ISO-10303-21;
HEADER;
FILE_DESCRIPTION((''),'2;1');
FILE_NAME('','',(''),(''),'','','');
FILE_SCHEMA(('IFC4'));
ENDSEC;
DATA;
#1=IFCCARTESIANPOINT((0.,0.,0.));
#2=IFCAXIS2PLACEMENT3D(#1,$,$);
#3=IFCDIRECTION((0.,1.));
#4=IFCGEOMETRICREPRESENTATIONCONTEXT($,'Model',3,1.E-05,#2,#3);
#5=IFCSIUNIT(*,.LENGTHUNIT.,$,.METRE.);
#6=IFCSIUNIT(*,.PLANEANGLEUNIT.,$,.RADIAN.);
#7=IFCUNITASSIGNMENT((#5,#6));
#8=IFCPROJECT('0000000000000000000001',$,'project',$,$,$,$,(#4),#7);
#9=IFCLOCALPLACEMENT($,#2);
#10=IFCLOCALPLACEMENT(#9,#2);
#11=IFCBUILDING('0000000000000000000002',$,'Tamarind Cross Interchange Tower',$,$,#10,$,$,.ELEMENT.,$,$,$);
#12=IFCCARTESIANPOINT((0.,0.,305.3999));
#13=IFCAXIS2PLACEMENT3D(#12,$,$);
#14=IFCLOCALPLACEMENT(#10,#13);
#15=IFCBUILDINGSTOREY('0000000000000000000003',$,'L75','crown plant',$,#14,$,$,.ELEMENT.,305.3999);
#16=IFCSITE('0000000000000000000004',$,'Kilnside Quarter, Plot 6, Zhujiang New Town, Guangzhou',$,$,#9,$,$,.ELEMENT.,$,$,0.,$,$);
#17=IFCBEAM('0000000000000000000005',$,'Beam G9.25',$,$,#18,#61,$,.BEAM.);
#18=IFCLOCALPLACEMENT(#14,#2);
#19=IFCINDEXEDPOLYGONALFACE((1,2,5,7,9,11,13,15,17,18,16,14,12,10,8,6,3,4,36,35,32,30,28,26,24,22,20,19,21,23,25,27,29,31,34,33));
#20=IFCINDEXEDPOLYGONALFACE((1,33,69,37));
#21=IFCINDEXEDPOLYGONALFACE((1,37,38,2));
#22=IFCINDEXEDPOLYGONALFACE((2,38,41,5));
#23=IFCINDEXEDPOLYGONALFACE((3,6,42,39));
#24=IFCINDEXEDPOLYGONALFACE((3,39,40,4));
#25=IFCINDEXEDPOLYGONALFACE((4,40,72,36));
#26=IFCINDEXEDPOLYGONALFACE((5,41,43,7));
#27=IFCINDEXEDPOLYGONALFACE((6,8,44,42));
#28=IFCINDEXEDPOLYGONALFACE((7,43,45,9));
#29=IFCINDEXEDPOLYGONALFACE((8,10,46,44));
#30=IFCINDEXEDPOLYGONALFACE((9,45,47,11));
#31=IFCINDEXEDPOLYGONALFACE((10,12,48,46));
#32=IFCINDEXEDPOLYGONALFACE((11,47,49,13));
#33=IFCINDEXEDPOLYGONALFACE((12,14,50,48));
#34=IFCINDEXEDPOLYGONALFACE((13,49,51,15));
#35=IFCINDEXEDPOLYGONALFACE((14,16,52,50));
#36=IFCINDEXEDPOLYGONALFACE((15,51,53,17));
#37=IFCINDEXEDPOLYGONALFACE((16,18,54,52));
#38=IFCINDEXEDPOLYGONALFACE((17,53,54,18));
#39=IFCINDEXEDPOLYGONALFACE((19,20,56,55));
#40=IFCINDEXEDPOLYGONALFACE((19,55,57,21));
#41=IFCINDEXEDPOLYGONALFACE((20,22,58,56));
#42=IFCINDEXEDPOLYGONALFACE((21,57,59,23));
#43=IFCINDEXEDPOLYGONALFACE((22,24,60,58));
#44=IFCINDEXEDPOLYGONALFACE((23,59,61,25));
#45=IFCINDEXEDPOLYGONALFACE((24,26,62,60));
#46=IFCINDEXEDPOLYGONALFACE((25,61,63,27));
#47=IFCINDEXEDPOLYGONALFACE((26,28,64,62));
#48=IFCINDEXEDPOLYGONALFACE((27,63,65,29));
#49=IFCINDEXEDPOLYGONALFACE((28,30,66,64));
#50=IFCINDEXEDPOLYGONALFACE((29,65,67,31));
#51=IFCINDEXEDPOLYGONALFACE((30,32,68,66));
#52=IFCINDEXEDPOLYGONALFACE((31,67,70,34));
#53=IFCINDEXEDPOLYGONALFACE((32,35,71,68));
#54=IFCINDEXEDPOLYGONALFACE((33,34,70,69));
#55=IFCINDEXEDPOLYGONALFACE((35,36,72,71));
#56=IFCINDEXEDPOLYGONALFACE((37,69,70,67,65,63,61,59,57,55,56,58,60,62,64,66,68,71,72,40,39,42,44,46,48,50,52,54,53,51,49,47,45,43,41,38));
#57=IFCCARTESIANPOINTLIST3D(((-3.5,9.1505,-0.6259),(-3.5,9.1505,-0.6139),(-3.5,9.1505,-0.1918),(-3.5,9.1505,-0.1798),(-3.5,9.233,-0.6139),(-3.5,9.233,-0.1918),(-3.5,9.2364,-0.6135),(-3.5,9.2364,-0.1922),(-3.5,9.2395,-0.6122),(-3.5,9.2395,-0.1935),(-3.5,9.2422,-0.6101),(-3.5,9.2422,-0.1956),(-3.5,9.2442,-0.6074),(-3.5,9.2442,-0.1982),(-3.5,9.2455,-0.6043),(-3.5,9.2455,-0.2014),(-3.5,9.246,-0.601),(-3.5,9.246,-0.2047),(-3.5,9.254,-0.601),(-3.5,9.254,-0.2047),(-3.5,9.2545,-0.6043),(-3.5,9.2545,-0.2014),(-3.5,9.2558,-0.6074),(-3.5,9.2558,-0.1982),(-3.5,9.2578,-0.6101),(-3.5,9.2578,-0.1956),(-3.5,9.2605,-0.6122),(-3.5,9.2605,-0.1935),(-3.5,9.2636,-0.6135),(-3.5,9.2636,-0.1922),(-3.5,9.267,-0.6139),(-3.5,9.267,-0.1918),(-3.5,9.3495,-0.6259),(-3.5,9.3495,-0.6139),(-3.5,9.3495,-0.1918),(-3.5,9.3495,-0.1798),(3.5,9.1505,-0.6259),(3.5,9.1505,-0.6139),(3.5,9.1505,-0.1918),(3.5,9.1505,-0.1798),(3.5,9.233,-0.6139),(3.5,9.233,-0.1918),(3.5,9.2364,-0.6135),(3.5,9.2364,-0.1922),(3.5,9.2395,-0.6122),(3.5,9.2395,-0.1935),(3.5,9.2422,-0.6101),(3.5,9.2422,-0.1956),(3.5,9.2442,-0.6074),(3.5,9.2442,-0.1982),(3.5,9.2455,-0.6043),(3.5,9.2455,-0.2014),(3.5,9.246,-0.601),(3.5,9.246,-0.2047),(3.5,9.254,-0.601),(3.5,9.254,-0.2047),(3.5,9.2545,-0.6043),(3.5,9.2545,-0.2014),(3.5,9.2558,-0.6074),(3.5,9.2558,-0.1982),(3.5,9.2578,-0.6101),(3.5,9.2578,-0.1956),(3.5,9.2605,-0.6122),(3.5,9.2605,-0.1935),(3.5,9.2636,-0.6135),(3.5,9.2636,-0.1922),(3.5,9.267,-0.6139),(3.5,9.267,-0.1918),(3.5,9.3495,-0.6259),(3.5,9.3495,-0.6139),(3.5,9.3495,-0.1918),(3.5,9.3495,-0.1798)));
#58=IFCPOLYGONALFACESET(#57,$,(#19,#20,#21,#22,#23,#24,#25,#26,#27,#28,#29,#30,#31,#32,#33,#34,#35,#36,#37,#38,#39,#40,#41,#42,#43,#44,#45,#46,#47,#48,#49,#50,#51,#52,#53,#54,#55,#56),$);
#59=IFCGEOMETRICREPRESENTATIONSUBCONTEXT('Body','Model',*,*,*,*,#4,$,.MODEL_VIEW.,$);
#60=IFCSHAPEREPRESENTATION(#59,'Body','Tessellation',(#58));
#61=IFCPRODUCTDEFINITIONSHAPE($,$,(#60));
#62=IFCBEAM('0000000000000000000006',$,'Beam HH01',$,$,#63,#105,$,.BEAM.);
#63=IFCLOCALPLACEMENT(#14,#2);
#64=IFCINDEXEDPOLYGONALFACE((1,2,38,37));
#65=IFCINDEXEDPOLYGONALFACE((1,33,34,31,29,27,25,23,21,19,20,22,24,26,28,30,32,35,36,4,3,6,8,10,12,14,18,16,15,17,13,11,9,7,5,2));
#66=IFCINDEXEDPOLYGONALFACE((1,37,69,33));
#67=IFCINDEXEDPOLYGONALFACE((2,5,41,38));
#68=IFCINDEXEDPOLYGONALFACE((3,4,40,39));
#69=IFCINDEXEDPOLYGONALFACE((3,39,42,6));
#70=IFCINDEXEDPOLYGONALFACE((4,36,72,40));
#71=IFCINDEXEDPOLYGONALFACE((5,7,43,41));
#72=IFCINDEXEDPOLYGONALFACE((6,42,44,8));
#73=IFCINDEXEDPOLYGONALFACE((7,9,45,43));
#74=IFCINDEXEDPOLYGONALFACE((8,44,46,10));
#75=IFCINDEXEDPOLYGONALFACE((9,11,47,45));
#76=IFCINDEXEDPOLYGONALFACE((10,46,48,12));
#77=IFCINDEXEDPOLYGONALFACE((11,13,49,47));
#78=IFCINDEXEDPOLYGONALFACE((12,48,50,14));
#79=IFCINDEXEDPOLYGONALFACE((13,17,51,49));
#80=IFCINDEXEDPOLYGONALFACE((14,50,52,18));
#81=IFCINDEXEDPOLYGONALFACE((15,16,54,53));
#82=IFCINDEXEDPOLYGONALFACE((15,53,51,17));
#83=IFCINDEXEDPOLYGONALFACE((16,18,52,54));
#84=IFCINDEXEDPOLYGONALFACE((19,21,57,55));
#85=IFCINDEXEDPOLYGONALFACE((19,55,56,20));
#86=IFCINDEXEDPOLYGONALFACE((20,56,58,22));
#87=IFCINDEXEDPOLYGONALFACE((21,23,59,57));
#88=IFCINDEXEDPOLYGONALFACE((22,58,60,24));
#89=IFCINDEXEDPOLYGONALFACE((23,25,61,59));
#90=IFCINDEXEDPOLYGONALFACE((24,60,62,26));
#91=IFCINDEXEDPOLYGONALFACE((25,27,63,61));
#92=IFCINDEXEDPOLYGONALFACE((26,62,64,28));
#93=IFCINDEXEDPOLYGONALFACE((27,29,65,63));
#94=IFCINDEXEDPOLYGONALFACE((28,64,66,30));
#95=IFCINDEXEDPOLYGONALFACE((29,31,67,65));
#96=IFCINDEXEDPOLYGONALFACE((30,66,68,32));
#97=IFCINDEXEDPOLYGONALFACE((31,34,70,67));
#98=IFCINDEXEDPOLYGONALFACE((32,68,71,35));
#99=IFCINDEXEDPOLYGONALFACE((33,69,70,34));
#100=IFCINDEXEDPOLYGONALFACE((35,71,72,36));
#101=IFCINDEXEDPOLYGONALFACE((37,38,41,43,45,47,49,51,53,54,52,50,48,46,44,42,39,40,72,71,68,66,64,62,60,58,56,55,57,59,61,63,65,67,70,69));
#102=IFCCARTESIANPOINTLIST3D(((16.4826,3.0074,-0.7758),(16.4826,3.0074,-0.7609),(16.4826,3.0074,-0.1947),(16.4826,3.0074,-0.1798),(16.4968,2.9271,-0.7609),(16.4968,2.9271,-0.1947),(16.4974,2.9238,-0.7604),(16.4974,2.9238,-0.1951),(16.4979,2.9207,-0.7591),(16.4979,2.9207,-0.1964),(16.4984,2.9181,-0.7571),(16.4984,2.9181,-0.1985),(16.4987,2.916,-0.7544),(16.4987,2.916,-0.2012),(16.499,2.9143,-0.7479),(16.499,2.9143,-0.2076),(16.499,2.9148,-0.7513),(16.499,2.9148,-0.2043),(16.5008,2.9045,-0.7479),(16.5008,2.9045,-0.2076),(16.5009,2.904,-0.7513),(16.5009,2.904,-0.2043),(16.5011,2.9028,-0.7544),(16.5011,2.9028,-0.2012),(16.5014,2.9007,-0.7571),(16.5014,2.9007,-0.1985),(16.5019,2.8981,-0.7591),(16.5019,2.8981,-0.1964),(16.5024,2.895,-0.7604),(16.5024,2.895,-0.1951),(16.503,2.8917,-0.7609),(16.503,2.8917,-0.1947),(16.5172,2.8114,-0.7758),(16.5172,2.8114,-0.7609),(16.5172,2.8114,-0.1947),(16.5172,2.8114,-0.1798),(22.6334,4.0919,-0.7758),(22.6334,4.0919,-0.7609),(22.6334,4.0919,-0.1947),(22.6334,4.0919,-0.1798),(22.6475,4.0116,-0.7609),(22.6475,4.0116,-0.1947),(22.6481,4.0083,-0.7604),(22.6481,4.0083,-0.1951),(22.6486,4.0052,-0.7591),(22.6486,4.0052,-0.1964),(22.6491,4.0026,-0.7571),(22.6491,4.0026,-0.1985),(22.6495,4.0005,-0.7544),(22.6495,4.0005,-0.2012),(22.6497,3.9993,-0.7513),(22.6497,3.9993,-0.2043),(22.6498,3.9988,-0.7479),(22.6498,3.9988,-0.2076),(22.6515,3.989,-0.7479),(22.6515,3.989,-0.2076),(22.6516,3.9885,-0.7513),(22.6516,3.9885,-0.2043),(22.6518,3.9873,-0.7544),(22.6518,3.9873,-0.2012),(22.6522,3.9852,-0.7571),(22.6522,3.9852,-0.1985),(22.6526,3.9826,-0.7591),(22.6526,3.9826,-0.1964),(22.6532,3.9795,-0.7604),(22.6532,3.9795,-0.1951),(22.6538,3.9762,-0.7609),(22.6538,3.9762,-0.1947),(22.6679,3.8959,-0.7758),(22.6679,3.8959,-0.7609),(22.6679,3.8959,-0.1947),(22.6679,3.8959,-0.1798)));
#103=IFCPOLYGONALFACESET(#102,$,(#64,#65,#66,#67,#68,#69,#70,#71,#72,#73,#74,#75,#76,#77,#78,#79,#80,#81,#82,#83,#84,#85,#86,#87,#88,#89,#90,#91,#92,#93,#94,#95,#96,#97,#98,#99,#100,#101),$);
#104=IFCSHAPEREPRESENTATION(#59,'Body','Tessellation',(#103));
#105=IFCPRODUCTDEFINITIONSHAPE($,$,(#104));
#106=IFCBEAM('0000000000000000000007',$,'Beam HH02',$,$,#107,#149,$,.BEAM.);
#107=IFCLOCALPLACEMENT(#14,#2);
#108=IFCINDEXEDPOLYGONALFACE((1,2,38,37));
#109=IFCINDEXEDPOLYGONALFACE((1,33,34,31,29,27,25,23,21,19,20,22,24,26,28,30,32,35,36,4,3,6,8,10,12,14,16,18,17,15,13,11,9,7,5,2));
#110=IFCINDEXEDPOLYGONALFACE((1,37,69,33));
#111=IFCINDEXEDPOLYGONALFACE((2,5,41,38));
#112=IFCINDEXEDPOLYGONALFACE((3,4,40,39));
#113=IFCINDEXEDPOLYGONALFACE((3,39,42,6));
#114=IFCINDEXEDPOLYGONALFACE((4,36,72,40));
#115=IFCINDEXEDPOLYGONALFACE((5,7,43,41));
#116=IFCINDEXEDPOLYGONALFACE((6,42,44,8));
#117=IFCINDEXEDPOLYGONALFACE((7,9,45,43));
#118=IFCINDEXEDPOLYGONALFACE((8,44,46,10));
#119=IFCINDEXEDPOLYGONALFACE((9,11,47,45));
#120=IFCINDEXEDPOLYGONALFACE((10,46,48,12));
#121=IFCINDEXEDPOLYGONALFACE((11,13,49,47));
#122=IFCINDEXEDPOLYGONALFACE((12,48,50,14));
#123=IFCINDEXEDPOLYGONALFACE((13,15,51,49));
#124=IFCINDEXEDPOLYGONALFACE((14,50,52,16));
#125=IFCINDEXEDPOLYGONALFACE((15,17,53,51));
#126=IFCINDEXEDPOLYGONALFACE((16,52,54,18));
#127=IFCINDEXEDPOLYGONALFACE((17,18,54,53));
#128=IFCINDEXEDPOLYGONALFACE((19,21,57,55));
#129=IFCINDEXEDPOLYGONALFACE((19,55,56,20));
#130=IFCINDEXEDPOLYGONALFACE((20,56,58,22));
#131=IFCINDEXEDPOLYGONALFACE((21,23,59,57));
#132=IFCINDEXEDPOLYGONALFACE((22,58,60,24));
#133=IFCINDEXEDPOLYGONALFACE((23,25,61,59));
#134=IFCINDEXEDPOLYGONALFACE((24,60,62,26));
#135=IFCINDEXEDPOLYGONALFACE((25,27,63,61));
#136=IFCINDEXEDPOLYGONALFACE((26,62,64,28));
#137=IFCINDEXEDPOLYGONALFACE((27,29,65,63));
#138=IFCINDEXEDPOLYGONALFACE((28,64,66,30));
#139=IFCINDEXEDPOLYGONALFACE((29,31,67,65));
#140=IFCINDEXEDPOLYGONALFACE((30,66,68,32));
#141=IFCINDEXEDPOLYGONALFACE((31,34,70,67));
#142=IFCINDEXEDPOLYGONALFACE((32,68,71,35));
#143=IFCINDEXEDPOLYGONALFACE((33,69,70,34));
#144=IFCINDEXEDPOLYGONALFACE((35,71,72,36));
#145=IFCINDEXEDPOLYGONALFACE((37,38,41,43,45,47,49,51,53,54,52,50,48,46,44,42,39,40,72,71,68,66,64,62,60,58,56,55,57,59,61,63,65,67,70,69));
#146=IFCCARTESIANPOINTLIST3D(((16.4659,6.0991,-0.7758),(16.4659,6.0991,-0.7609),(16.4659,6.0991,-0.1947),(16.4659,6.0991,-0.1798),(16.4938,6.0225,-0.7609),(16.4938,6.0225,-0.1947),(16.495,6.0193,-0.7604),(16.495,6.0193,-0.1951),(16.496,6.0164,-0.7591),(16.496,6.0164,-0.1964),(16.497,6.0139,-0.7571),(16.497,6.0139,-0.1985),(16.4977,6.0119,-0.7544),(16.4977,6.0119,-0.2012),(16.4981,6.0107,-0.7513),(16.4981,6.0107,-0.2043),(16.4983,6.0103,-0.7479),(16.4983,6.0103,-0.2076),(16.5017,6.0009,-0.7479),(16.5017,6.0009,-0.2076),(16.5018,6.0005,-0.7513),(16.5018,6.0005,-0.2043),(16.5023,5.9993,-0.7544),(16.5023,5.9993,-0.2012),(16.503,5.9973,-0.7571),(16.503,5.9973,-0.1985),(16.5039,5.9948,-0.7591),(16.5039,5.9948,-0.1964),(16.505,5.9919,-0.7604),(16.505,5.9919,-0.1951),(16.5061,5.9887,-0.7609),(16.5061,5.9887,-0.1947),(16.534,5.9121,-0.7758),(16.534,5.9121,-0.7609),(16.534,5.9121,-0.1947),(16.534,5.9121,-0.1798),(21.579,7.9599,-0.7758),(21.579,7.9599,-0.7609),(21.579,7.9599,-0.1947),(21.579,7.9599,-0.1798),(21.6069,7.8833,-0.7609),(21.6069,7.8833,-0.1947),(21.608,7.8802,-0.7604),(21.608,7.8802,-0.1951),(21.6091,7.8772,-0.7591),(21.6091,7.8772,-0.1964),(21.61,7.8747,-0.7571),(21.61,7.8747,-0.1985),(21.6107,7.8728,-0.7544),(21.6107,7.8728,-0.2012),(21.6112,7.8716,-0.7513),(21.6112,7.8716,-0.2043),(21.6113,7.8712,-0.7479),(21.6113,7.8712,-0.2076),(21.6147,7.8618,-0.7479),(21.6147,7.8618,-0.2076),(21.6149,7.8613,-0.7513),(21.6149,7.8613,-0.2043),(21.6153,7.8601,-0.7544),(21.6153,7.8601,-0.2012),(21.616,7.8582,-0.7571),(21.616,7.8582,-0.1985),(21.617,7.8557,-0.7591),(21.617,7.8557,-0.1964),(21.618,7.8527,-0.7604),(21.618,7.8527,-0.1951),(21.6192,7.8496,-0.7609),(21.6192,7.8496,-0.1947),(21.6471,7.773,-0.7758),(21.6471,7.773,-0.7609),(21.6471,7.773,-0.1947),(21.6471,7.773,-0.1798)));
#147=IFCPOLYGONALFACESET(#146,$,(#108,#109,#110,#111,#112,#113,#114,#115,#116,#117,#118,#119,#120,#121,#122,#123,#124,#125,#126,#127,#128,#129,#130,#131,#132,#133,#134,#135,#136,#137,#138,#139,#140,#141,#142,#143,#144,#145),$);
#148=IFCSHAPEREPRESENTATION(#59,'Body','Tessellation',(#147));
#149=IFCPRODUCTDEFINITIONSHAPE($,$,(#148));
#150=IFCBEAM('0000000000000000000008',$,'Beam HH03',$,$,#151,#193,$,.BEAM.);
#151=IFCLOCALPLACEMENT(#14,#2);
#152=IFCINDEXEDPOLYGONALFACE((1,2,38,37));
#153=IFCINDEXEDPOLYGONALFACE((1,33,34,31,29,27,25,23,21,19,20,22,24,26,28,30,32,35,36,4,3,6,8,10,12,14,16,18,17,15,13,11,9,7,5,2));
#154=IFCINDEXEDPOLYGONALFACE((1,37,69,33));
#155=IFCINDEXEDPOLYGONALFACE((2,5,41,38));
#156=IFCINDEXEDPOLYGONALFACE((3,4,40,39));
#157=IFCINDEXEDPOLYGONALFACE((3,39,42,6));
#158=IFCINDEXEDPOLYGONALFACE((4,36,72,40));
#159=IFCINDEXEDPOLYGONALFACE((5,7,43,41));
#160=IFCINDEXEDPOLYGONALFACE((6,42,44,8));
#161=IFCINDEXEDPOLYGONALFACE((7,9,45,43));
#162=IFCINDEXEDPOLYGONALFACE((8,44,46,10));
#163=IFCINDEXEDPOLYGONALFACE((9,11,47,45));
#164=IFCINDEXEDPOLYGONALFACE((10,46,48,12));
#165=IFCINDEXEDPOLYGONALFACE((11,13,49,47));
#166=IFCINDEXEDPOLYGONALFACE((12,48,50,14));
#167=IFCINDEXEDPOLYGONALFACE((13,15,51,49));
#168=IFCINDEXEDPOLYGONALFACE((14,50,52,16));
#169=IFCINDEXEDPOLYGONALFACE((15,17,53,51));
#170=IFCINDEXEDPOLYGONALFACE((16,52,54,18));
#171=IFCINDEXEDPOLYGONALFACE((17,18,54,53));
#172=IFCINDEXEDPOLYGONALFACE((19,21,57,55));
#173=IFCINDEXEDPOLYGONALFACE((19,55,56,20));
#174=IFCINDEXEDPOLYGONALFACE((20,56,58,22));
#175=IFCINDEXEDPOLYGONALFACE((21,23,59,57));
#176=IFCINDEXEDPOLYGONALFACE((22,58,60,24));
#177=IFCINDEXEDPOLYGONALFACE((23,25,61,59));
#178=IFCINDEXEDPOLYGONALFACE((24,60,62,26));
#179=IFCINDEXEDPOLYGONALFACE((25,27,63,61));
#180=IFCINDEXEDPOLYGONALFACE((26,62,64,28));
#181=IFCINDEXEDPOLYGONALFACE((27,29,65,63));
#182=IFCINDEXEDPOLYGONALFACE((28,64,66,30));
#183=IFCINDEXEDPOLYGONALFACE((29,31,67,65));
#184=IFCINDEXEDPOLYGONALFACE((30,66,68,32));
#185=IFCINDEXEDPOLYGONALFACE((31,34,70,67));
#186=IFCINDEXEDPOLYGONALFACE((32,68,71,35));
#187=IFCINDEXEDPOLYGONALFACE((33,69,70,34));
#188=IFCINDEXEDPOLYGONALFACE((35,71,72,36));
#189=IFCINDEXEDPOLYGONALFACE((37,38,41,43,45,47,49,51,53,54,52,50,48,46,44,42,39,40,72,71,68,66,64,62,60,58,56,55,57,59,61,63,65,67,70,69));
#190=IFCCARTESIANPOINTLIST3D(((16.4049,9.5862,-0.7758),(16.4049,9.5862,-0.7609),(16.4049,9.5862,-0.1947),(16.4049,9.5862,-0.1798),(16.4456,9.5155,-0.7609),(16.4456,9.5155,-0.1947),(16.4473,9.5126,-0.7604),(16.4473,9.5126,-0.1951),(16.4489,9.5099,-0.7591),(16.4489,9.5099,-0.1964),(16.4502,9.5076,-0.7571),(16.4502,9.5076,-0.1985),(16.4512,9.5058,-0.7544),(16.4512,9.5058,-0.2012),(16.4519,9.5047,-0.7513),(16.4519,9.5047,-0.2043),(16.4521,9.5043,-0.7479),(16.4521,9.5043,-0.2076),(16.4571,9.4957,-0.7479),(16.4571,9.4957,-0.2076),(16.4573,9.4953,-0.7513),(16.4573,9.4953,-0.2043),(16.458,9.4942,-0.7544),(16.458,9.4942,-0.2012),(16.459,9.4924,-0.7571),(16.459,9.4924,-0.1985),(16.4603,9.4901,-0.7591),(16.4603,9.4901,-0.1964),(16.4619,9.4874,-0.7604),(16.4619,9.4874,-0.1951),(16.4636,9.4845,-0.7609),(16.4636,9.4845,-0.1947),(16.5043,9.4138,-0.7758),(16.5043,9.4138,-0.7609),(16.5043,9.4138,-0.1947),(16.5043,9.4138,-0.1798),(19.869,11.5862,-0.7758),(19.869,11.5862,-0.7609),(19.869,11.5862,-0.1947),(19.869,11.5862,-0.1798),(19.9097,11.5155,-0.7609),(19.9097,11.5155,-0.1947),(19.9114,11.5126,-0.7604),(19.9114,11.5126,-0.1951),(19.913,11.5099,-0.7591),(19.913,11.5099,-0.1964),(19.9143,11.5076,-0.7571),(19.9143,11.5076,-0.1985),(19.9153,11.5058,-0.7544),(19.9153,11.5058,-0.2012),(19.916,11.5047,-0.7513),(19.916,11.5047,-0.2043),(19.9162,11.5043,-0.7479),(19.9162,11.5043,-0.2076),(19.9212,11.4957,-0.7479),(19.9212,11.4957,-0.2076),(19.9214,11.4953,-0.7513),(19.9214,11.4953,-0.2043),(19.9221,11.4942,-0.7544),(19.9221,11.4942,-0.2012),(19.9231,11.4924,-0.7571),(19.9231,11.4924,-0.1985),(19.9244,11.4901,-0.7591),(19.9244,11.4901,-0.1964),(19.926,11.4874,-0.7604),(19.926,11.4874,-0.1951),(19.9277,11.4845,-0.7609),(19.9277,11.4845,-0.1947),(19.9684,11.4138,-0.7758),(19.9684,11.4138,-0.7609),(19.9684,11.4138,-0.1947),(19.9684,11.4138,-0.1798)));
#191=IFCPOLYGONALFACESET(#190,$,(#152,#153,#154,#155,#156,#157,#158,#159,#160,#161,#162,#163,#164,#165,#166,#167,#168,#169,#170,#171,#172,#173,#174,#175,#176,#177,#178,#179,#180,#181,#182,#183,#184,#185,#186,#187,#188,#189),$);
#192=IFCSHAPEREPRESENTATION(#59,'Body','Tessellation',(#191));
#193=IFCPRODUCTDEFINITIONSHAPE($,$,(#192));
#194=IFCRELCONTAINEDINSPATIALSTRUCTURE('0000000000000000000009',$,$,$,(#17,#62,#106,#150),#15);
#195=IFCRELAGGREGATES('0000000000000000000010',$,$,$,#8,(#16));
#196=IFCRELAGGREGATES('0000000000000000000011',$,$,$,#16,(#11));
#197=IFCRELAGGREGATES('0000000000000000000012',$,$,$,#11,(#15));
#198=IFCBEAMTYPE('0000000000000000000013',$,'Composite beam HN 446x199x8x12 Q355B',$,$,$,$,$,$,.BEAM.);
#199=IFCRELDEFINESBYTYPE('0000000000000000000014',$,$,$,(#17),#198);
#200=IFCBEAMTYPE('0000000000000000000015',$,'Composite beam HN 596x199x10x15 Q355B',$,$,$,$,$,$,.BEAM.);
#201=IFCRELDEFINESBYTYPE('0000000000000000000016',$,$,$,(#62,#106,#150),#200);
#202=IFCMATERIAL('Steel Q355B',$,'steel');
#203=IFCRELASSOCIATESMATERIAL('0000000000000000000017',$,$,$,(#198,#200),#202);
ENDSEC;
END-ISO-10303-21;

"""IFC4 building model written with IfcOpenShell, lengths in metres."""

from ifc_helpers import new_model, si_unit, direction, frame, origin, origin_2d, place, context, subcontext, project, spatial, i_section, extrude, material, material_profile, profile_set, type_object, element, save


model = new_model("IFC4")

# Units and contexts
model_context = context("Model", 3, precision=1e-05, world=origin(), true_north=direction((0.0, 1.0)))
body_context = subcontext(model_context, "Body", "Model", "MODEL_VIEW")
ifc_project = project(units=[si_unit("LENGTHUNIT", "METRE"), si_unit("PLANEANGLEUNIT", "RADIAN")], contexts=[model_context])

# Site, building, storey
site_placement = place(None, origin())
site = spatial("IfcSite", under=ifc_project, at=site_placement, Name="Kilnside Quarter, Plot 6, Zhujiang New Town, Guangzhou", CompositionType="ELEMENT", RefElevation=0.0)
building_placement = place(site_placement, origin())
building = spatial("IfcBuilding", under=site, at=building_placement, Name="Tamarind Cross Interchange Tower", CompositionType="ELEMENT")
storey_placement = place(building_placement, frame((0.0, 0.0, 305.3999)))
storey = spatial("IfcBuildingStorey", under=building, at=storey_placement, Name="L75", Description="crown plant", CompositionType="ELEMENT", Elevation=305.3999)

# Beams
ifc_material_1 = material(Name="Steel Q355B", Category="steel")
ifc_material_profile_1 = material_profile(ifc_material_1, i_section(OverallWidth=0.199, OverallDepth=0.446, WebThickness=0.0081, FlangeThickness=0.012, FilletRadius=0.0129, at=origin_2d()), Name="HN 446x199x8x12")
ifc_profile_set_1 = profile_set([ifc_material_profile_1], Name="Steel Q355B")
beam_type_1 = type_object("IfcBeamType", Name="Composite beam HN 446x199x8x12 Q355B", PredefinedType="BEAM", material=ifc_profile_set_1)
for number, where, z_axis, x_axis, name in (
    (1, (-3.5, 9.25, -0.4028), (1.0, 0.0, 0.0), (0.0, 1.0, 0.0), "Beam G9.25"),
):
    element("IfcBeam", number, at=place(storey_placement, frame(where, z_axis=z_axis, x_axis=x_axis)), inside=storey, type_object=beam_type_1, Name=name, PredefinedType="BEAM", context=body_context, shape_type="SweptSolid", body=[
        extrude(i_section(OverallWidth=0.199, OverallDepth=0.446, WebThickness=0.0081, FlangeThickness=0.012, FilletRadius=0.0129, at=origin_2d()), origin(), (0.0, 0.0, 1.0), 7.0),
    ])
ifc_material_profile_2 = material_profile(ifc_material_1, i_section(OverallWidth=0.199, OverallDepth=0.5959, WebThickness=0.01, FlangeThickness=0.0149, FilletRadius=0.0129, at=origin_2d()), Name="HN 596x199x10x15")
ifc_profile_set_2 = profile_set([ifc_material_profile_2], Name="Steel Q355B")
beam_type_2 = type_object("IfcBeamType", Name="Composite beam HN 596x199x10x15 Q355B", PredefinedType="BEAM", material=ifc_profile_set_2)
beam_1_placement = place(storey_placement, frame((22.6506, 3.9939, -0.4778), z_axis=(-0.984809, -0.17364, 0.0), x_axis=(0.17364, -0.984809, 0.0)))
element("IfcBeam", 2, at=beam_1_placement, inside=storey, type_object=beam_type_2, Name="Beam HH01", PredefinedType="BEAM", context=body_context, shape_type="SweptSolid", body=[
    extrude(i_section(OverallWidth=0.199, OverallDepth=0.5959, WebThickness=0.01, FlangeThickness=0.0149, FilletRadius=0.0129, at=origin_2d()), origin(), (0.0, 0.0, 1.0), 6.2456),
])
beam_2_placement = place(storey_placement, frame((21.613, 7.8665, -0.4778), z_axis=(-0.939702, -0.341995, 0.0), x_axis=(0.341995, -0.939702, 0.0)))
element("IfcBeam", 3, at=beam_2_placement, inside=storey, type_object=beam_type_2, Name="Beam HH02", PredefinedType="BEAM", context=body_context, shape_type="SweptSolid", body=[
    extrude(i_section(OverallWidth=0.199, OverallDepth=0.5959, WebThickness=0.01, FlangeThickness=0.0149, FilletRadius=0.0129, at=origin_2d()), origin(), (0.0, 0.0, 1.0), 5.4412),
])
beam_3_placement = place(storey_placement, frame((19.9187, 11.5, -0.4778), z_axis=(-0.866026, -0.499999, 0.0), x_axis=(0.499999, -0.866026, 0.0)))
element("IfcBeam", 4, at=beam_3_placement, inside=storey, type_object=beam_type_2, Name="Beam HH03", PredefinedType="BEAM", context=body_context, shape_type="SweptSolid", body=[
    extrude(i_section(OverallWidth=0.199, OverallDepth=0.5959, WebThickness=0.01, FlangeThickness=0.0149, FilletRadius=0.0129, at=origin_2d()), origin(), (0.0, 0.0, 1.0), 4.0),
])

save(model, "model.ifc")
